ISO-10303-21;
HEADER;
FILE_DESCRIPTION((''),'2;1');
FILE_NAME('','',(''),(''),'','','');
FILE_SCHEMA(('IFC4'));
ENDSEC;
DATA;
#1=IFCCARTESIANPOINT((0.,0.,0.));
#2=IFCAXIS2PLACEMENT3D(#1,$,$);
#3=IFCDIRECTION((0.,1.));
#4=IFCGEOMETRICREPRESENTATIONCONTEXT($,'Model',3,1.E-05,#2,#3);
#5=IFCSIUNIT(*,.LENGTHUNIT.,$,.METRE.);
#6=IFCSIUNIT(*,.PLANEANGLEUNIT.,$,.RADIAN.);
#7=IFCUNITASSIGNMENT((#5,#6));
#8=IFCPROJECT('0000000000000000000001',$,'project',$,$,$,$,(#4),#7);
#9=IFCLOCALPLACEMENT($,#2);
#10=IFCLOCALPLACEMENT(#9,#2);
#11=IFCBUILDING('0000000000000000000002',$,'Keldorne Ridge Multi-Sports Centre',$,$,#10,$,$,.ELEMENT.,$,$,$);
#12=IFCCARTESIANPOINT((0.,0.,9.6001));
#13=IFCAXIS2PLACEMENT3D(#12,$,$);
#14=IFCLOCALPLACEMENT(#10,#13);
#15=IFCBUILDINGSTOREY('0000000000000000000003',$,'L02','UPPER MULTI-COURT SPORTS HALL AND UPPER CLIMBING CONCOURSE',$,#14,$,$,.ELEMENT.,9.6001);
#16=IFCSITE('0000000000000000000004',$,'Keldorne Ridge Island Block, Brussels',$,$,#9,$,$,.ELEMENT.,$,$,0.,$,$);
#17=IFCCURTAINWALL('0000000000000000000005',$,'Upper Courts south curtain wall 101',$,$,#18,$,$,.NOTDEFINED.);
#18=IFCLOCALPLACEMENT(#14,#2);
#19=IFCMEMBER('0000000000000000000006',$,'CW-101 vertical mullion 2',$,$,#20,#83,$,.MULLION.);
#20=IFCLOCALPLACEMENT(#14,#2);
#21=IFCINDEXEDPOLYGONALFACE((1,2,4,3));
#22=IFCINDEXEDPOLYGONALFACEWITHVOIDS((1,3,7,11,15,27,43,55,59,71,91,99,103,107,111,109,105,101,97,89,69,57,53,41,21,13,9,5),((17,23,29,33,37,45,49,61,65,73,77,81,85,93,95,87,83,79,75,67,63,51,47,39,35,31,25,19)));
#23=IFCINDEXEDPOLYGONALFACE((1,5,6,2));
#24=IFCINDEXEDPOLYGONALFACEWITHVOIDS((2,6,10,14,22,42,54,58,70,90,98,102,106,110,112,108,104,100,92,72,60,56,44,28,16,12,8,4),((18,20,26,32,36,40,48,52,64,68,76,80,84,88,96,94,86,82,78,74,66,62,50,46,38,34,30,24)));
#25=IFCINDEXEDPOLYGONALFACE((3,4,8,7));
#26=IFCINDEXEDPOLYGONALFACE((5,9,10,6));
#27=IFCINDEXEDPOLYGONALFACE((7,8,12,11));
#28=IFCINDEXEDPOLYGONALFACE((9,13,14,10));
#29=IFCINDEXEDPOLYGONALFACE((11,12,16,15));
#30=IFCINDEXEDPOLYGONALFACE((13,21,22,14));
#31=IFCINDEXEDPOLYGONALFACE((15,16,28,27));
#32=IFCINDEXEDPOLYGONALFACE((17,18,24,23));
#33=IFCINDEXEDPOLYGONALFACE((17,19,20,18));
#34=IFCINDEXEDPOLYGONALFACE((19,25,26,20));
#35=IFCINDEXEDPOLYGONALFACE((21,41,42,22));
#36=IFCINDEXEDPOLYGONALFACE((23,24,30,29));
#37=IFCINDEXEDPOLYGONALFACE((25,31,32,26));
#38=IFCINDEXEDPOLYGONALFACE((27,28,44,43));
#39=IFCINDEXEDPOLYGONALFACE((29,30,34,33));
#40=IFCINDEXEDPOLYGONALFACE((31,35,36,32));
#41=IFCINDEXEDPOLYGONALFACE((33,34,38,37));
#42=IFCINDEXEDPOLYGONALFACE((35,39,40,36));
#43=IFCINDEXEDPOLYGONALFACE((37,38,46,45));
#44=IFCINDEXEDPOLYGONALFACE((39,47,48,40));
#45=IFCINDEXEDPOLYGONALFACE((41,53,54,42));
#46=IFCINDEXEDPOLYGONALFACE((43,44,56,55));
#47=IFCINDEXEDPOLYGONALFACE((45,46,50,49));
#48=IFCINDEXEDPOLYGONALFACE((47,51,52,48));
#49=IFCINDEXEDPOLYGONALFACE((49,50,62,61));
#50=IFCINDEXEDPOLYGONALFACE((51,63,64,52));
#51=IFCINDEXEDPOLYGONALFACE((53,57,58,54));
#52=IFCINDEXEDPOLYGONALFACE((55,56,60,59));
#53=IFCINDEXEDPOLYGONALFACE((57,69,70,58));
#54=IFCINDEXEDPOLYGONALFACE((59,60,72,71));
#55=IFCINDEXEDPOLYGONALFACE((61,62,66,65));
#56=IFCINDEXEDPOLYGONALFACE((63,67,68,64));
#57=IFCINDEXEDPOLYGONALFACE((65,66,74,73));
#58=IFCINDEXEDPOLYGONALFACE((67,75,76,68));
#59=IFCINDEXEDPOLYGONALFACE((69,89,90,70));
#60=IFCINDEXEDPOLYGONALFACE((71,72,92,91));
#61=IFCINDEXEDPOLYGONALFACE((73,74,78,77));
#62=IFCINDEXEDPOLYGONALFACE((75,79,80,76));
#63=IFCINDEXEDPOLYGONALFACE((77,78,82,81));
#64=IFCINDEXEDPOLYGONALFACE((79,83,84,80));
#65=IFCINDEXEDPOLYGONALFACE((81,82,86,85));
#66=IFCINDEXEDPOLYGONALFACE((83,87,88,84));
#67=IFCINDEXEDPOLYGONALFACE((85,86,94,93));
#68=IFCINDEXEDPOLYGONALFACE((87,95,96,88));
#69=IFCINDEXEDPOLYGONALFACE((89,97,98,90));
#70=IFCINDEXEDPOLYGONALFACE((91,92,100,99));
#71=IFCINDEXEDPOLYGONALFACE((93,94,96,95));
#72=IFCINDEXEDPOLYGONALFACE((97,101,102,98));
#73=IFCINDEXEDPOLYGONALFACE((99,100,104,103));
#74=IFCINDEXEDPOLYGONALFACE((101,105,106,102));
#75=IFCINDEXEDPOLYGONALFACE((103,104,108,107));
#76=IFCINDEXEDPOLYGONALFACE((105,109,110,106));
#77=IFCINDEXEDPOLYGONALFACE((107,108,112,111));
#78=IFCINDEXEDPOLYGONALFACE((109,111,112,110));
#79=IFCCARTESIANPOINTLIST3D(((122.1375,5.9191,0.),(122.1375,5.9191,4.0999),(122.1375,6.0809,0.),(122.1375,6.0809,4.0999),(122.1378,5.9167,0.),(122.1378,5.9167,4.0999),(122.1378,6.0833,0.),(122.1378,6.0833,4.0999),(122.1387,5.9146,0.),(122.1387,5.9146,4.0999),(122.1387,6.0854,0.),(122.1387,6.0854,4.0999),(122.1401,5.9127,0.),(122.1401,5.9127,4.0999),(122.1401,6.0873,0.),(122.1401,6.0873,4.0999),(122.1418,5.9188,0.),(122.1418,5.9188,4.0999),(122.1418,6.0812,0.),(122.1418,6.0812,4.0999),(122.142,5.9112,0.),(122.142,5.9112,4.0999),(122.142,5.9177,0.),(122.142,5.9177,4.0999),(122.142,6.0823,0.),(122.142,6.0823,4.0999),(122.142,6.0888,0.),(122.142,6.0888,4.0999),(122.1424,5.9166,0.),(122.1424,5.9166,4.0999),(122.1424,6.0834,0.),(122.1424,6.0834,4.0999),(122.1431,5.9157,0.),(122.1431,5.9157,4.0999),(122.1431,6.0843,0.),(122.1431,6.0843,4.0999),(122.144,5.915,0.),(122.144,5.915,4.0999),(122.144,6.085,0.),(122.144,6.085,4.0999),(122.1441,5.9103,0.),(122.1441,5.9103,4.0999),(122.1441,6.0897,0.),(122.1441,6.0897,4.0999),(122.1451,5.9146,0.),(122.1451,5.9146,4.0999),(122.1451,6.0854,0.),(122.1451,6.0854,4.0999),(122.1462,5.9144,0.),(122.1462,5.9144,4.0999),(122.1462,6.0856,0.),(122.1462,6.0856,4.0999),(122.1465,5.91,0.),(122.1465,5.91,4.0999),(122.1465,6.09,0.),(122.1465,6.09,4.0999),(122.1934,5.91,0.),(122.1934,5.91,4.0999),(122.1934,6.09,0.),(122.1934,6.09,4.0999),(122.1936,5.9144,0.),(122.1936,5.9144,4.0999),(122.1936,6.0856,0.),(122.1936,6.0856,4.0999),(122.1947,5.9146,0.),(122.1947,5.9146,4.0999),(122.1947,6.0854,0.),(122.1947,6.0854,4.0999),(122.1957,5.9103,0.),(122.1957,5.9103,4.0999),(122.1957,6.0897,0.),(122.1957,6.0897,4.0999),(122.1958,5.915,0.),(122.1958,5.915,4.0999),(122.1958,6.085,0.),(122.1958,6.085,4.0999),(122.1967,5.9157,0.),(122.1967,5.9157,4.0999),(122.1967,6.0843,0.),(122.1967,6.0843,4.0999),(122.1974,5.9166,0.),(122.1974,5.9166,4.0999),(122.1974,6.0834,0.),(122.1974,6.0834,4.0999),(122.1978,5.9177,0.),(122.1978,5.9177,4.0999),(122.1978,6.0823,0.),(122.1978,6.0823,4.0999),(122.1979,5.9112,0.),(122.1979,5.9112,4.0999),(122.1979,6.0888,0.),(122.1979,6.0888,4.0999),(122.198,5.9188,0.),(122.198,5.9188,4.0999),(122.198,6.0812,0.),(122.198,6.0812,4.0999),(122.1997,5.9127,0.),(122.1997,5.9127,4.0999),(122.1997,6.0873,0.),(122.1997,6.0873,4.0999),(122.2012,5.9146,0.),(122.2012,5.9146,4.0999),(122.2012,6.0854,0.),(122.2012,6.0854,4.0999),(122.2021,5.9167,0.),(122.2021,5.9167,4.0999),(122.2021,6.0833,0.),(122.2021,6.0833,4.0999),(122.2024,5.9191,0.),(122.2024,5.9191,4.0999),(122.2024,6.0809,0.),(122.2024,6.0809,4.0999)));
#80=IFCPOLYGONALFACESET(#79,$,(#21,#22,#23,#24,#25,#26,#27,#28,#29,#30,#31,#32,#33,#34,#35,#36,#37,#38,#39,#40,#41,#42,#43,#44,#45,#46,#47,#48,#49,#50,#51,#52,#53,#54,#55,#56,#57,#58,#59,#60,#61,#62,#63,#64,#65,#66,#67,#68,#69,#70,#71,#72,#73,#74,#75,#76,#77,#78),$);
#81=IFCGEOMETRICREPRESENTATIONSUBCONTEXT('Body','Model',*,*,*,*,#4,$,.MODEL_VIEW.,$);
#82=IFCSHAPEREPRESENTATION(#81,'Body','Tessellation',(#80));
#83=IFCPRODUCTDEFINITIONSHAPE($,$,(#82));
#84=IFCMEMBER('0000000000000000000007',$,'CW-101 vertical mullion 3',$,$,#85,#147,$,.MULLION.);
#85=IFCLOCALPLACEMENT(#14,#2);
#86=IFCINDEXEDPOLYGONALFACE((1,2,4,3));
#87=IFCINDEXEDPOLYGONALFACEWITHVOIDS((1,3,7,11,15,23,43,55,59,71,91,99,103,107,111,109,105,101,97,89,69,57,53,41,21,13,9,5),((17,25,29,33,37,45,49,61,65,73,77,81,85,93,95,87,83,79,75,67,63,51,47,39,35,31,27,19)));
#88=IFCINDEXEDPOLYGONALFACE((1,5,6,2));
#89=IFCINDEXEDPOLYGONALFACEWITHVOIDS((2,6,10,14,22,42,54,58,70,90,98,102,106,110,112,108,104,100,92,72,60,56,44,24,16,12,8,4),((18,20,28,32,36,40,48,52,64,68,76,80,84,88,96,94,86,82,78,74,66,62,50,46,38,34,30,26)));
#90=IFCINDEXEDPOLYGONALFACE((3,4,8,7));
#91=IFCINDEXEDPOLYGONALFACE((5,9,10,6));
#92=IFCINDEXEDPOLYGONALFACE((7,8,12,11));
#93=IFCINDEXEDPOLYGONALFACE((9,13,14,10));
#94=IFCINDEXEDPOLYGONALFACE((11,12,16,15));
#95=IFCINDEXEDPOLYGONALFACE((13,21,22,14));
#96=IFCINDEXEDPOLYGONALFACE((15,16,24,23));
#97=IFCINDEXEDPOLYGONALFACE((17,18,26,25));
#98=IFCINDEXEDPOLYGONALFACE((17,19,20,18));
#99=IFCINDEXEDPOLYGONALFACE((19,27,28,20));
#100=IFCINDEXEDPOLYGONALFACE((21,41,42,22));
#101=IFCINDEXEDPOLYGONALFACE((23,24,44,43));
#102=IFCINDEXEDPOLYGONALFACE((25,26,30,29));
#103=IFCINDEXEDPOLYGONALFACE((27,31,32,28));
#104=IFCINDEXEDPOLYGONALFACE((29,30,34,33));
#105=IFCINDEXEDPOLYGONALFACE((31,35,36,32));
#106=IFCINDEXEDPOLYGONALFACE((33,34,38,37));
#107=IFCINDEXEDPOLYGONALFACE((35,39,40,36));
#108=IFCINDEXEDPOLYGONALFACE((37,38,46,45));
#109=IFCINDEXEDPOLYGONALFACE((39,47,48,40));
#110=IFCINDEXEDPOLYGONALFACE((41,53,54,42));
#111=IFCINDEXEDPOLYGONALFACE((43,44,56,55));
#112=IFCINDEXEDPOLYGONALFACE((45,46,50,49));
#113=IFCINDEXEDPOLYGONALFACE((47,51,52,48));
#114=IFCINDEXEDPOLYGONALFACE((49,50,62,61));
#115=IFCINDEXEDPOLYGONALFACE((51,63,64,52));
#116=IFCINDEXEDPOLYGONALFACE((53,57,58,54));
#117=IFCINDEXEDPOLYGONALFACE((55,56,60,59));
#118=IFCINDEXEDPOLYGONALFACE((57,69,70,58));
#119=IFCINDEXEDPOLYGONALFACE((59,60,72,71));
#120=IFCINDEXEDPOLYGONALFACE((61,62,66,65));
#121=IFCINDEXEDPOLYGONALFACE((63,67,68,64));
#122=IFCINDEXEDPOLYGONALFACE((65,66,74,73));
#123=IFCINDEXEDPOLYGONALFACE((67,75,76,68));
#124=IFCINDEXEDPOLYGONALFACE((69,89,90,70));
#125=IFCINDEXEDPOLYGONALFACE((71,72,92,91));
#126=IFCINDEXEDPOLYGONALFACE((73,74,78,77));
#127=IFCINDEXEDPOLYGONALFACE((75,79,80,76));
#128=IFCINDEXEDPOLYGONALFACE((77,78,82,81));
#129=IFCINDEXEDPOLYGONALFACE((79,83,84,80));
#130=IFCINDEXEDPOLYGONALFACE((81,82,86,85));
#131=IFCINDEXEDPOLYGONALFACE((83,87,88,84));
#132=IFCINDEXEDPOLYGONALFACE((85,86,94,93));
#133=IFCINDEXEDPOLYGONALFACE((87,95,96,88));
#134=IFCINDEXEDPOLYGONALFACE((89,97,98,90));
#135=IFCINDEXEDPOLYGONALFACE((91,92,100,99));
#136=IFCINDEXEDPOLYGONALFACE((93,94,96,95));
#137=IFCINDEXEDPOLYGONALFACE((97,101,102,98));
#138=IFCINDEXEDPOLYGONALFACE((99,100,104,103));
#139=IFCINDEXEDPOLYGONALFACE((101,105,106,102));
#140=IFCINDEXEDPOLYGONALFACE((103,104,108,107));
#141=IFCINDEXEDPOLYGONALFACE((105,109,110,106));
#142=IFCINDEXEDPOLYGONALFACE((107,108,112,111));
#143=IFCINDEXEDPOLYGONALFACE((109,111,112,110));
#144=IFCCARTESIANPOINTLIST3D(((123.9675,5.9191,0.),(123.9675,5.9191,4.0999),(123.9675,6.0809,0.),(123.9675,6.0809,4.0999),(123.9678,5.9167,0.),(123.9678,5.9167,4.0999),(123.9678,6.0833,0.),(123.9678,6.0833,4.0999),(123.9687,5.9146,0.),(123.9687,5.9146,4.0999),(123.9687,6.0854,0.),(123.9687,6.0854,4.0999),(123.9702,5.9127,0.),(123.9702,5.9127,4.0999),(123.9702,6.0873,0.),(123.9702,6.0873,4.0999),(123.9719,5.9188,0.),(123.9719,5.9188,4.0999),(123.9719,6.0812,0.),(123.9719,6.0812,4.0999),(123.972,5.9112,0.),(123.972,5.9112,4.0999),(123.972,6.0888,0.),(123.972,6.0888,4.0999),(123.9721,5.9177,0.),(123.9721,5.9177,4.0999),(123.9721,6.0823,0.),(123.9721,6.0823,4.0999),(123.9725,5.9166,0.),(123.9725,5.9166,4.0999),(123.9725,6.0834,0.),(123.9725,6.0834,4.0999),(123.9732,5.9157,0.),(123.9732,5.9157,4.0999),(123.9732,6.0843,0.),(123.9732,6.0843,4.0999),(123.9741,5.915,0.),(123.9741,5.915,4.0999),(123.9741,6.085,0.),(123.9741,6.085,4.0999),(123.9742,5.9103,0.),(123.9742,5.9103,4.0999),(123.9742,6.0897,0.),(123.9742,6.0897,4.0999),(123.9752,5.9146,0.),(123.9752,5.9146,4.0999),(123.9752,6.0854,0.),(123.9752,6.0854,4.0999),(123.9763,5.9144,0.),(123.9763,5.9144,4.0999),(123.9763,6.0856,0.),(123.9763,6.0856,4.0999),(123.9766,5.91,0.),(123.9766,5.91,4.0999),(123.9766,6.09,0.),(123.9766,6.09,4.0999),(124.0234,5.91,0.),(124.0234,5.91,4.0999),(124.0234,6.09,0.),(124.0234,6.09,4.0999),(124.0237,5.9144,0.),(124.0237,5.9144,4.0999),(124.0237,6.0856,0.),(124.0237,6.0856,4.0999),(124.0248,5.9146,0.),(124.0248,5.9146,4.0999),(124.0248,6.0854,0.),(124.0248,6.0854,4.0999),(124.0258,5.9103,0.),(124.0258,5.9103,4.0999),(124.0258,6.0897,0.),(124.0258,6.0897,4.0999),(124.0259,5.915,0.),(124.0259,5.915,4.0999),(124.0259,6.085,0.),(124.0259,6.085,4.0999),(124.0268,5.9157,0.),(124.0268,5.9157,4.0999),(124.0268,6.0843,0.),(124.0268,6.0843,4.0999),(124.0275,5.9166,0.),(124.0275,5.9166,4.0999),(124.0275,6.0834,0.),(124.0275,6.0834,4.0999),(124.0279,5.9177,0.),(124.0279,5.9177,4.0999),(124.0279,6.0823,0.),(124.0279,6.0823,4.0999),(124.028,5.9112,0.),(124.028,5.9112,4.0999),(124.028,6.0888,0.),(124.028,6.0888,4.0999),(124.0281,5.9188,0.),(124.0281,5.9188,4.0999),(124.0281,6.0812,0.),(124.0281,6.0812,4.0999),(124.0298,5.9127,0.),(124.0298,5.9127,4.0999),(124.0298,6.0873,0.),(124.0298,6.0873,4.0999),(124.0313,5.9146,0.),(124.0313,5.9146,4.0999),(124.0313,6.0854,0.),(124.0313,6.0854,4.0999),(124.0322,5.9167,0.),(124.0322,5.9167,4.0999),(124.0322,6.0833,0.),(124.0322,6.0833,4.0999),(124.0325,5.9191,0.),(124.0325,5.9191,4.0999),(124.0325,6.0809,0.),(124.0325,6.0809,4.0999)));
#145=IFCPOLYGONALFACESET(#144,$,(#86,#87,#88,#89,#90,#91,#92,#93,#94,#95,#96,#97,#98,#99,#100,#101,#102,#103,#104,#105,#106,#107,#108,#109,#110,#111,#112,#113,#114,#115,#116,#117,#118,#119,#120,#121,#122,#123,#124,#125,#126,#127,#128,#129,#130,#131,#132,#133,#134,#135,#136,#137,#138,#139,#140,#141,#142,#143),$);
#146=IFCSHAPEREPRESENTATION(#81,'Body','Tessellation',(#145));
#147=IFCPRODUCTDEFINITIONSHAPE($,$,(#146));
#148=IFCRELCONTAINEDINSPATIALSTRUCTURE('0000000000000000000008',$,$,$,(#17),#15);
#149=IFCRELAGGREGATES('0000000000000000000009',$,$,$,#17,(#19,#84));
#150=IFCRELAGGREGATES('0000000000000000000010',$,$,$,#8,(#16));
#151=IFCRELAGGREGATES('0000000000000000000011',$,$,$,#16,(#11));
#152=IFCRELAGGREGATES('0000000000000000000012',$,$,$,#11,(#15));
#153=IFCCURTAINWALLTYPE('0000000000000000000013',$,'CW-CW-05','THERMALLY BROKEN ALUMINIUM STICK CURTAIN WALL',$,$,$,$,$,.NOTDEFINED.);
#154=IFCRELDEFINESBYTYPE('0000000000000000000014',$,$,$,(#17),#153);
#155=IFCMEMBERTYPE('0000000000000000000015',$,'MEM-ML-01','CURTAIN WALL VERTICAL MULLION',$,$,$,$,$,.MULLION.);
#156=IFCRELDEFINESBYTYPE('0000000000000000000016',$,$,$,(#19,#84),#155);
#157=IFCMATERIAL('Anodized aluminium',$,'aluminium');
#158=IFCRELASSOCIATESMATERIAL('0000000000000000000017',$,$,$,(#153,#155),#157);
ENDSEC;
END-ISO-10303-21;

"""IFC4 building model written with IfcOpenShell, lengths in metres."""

from ifc_helpers import new_model, si_unit, direction, frame, origin, origin_2d, place, context, subcontext, project, spatial, hollow_rectangle, extrude, material, material_profile, profile_set, type_object, element, aggregate, save


model = new_model("IFC4")

# Units and contexts
model_context = context("Model", 3, precision=1e-05, world=origin(), true_north=direction((0.0, 1.0)))
body_context = subcontext(model_context, "Body", "Model", "MODEL_VIEW")
ifc_project = project(units=[si_unit("LENGTHUNIT", "METRE"), si_unit("PLANEANGLEUNIT", "RADIAN")], contexts=[model_context])

# Site, building, storey
site_placement = place(None, origin())
site = spatial("IfcSite", under=ifc_project, at=site_placement, Name="Keldorne Ridge Island Block, Brussels", CompositionType="ELEMENT", RefElevation=0.0)
building_placement = place(site_placement, origin())
building = spatial("IfcBuilding", under=site, at=building_placement, Name="Keldorne Ridge Multi-Sports Centre", CompositionType="ELEMENT")
storey_placement = place(building_placement, frame((0.0, 0.0, 9.6001)))
storey = spatial("IfcBuildingStorey", under=building, at=storey_placement, Name="L02", Description="UPPER MULTI-COURT SPORTS HALL AND UPPER CLIMBING CONCOURSE", CompositionType="ELEMENT", Elevation=9.6001)

# Curtain wall, members
ifc_material_1 = material(Name="Anodized aluminium", Category="aluminium")
curtain_wall_type = type_object("IfcCurtainWallType", Name="CW-CW-05", Description="THERMALLY BROKEN ALUMINIUM STICK CURTAIN WALL", PredefinedType="NOTDEFINED", material=ifc_material_1)
curtain_wall_placement = place(storey_placement, origin())
curtain_wall = element("IfcCurtainWall", 1, at=curtain_wall_placement, inside=storey, type_object=curtain_wall_type, Name="Upper Courts south curtain wall 101", PredefinedType="NOTDEFINED")
ifc_material_profile_1 = material_profile(ifc_material_1, hollow_rectangle(XDim=0.0649, YDim=0.1799, WallThickness=0.0044, InnerFilletRadius=0.0044, OuterFilletRadius=0.009, at=origin_2d()), Name="ALU MULLION 180x65x4.5")
ifc_profile_set_1 = profile_set([ifc_material_profile_1], Name="Anodized aluminium")
member_type_1 = type_object("IfcMemberType", Name="MEM-ML-01", Description="CURTAIN WALL VERTICAL MULLION", PredefinedType="MULLION", material=ifc_profile_set_1)
member_1_placement = place(storey_placement, frame((122.1699, 6.0, 0.0), z_axis=(0.0, 0.0, 1.0), x_axis=(1.0, 0.0, 0.0)))
member_1 = element("IfcMember", 2, at=member_1_placement, type_object=member_type_1, Name="CW-101 vertical mullion 2", PredefinedType="MULLION", context=body_context, shape_type="SweptSolid", body=[
    extrude(hollow_rectangle(XDim=0.0649, YDim=0.1799, WallThickness=0.0044, InnerFilletRadius=0.0044, OuterFilletRadius=0.009, at=origin_2d()), origin(), (0.0, 0.0, 1.0), 4.0999),
])
member_2_placement = place(storey_placement, frame((124.0, 6.0, 0.0), z_axis=(0.0, 0.0, 1.0), x_axis=(1.0, 0.0, 0.0)))
member_2 = element("IfcMember", 3, at=member_2_placement, type_object=member_type_1, Name="CW-101 vertical mullion 3", PredefinedType="MULLION", context=body_context, shape_type="SweptSolid", body=[
    extrude(hollow_rectangle(XDim=0.0649, YDim=0.1799, WallThickness=0.0044, InnerFilletRadius=0.0044, OuterFilletRadius=0.009, at=origin_2d()), origin(), (0.0, 0.0, 1.0), 4.0999),
])
aggregate(curtain_wall, [member_1, member_2])

save(model, "model.ifc")
